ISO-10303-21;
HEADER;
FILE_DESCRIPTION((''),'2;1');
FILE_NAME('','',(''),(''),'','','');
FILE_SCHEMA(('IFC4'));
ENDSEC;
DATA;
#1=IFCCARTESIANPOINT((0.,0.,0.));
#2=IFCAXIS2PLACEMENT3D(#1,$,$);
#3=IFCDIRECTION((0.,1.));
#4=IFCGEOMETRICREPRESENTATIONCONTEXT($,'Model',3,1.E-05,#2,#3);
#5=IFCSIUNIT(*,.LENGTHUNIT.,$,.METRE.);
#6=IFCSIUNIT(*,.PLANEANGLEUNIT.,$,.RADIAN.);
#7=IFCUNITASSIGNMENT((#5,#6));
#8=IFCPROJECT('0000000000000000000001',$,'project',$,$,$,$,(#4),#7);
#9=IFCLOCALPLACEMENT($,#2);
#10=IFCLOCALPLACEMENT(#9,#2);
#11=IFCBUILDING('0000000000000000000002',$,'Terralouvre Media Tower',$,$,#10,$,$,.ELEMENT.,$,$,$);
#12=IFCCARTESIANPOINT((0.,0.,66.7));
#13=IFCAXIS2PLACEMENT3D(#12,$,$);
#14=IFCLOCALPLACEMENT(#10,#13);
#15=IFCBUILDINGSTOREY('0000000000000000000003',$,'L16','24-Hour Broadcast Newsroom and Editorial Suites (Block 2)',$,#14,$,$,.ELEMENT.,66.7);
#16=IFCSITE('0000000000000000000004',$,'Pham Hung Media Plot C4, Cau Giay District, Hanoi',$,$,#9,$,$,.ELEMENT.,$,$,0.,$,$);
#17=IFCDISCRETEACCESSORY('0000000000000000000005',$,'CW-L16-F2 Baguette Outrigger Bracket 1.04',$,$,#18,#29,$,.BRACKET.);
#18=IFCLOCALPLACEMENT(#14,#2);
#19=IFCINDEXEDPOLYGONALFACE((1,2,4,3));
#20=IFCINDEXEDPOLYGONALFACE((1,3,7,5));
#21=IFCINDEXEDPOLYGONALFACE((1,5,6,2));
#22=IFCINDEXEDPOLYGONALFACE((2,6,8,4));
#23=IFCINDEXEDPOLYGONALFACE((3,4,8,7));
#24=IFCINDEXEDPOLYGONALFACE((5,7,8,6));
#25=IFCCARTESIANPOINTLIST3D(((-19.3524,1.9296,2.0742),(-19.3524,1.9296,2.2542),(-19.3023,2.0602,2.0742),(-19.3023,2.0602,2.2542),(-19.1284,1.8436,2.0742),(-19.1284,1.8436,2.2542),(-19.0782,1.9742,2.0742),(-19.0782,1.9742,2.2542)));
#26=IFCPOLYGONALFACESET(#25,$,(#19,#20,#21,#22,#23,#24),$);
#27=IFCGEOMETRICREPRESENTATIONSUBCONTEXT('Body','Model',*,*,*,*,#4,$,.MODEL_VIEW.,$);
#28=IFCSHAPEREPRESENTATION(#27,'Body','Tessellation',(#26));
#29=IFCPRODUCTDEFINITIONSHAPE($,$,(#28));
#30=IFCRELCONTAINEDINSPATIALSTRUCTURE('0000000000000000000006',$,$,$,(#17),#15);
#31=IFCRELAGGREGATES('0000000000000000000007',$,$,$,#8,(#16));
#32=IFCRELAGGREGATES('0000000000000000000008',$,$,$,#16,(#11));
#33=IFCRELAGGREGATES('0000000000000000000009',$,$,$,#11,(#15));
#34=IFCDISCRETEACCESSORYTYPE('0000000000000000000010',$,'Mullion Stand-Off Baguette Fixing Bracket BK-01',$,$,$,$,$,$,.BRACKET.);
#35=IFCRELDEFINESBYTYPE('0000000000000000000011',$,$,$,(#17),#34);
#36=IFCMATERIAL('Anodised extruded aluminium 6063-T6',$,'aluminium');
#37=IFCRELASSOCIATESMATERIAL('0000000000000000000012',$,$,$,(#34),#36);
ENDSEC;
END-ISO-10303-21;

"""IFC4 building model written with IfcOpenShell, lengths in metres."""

from ifc_helpers import new_model, si_unit, direction, frame, origin, origin_2d, place, context, subcontext, project, spatial, rectangle, extrude, material, type_object, element, save


model = new_model("IFC4")

# Units and contexts
model_context = context("Model", 3, precision=1e-05, world=origin(), true_north=direction((0.0, 1.0)))
body_context = subcontext(model_context, "Body", "Model", "MODEL_VIEW")
ifc_project = project(units=[si_unit("LENGTHUNIT", "METRE"), si_unit("PLANEANGLEUNIT", "RADIAN")], contexts=[model_context])

# Site, building, storey
site_placement = place(None, origin())
site = spatial("IfcSite", under=ifc_project, at=site_placement, Name="Pham Hung Media Plot C4, Cau Giay District, Hanoi", CompositionType="ELEMENT", RefElevation=0.0)
building_placement = place(site_placement, origin())
building = spatial("IfcBuilding", under=site, at=building_placement, Name="Terralouvre Media Tower", CompositionType="ELEMENT")
storey_placement = place(building_placement, frame((0.0, 0.0, 66.7)))
storey = spatial("IfcBuildingStorey", under=building, at=storey_placement, Name="L16", Description="24-Hour Broadcast Newsroom and Editorial Suites (Block 2)", CompositionType="ELEMENT", Elevation=66.7)

# Discrete accessory
ifc_material_1 = material(Name="Anodised extruded aluminium 6063-T6", Category="aluminium")
discrete_accessory_type = type_object("IfcDiscreteAccessoryType", Name="Mullion Stand-Off Baguette Fixing Bracket BK-01", PredefinedType="BRACKET", material=ifc_material_1)
discrete_accessory_placement = place(storey_placement, frame((-19.2153, 1.9519, 2.0742), z_axis=(0.0, 0.0, 1.0), x_axis=(-0.358368, -0.93358, 0.0)))
element("IfcDiscreteAccessory", 1, at=discrete_accessory_placement, inside=storey, type_object=discrete_accessory_type, Name="CW-L16-F2 Baguette Outrigger Bracket 1.04", PredefinedType="BRACKET", context=body_context, shape_type="SweptSolid", body=[
    extrude(rectangle(XDim=0.1399, YDim=0.24, at=origin_2d()), origin(), (0.0, 0.0, 1.0), 0.1799),
])

save(model, "model.ifc")
